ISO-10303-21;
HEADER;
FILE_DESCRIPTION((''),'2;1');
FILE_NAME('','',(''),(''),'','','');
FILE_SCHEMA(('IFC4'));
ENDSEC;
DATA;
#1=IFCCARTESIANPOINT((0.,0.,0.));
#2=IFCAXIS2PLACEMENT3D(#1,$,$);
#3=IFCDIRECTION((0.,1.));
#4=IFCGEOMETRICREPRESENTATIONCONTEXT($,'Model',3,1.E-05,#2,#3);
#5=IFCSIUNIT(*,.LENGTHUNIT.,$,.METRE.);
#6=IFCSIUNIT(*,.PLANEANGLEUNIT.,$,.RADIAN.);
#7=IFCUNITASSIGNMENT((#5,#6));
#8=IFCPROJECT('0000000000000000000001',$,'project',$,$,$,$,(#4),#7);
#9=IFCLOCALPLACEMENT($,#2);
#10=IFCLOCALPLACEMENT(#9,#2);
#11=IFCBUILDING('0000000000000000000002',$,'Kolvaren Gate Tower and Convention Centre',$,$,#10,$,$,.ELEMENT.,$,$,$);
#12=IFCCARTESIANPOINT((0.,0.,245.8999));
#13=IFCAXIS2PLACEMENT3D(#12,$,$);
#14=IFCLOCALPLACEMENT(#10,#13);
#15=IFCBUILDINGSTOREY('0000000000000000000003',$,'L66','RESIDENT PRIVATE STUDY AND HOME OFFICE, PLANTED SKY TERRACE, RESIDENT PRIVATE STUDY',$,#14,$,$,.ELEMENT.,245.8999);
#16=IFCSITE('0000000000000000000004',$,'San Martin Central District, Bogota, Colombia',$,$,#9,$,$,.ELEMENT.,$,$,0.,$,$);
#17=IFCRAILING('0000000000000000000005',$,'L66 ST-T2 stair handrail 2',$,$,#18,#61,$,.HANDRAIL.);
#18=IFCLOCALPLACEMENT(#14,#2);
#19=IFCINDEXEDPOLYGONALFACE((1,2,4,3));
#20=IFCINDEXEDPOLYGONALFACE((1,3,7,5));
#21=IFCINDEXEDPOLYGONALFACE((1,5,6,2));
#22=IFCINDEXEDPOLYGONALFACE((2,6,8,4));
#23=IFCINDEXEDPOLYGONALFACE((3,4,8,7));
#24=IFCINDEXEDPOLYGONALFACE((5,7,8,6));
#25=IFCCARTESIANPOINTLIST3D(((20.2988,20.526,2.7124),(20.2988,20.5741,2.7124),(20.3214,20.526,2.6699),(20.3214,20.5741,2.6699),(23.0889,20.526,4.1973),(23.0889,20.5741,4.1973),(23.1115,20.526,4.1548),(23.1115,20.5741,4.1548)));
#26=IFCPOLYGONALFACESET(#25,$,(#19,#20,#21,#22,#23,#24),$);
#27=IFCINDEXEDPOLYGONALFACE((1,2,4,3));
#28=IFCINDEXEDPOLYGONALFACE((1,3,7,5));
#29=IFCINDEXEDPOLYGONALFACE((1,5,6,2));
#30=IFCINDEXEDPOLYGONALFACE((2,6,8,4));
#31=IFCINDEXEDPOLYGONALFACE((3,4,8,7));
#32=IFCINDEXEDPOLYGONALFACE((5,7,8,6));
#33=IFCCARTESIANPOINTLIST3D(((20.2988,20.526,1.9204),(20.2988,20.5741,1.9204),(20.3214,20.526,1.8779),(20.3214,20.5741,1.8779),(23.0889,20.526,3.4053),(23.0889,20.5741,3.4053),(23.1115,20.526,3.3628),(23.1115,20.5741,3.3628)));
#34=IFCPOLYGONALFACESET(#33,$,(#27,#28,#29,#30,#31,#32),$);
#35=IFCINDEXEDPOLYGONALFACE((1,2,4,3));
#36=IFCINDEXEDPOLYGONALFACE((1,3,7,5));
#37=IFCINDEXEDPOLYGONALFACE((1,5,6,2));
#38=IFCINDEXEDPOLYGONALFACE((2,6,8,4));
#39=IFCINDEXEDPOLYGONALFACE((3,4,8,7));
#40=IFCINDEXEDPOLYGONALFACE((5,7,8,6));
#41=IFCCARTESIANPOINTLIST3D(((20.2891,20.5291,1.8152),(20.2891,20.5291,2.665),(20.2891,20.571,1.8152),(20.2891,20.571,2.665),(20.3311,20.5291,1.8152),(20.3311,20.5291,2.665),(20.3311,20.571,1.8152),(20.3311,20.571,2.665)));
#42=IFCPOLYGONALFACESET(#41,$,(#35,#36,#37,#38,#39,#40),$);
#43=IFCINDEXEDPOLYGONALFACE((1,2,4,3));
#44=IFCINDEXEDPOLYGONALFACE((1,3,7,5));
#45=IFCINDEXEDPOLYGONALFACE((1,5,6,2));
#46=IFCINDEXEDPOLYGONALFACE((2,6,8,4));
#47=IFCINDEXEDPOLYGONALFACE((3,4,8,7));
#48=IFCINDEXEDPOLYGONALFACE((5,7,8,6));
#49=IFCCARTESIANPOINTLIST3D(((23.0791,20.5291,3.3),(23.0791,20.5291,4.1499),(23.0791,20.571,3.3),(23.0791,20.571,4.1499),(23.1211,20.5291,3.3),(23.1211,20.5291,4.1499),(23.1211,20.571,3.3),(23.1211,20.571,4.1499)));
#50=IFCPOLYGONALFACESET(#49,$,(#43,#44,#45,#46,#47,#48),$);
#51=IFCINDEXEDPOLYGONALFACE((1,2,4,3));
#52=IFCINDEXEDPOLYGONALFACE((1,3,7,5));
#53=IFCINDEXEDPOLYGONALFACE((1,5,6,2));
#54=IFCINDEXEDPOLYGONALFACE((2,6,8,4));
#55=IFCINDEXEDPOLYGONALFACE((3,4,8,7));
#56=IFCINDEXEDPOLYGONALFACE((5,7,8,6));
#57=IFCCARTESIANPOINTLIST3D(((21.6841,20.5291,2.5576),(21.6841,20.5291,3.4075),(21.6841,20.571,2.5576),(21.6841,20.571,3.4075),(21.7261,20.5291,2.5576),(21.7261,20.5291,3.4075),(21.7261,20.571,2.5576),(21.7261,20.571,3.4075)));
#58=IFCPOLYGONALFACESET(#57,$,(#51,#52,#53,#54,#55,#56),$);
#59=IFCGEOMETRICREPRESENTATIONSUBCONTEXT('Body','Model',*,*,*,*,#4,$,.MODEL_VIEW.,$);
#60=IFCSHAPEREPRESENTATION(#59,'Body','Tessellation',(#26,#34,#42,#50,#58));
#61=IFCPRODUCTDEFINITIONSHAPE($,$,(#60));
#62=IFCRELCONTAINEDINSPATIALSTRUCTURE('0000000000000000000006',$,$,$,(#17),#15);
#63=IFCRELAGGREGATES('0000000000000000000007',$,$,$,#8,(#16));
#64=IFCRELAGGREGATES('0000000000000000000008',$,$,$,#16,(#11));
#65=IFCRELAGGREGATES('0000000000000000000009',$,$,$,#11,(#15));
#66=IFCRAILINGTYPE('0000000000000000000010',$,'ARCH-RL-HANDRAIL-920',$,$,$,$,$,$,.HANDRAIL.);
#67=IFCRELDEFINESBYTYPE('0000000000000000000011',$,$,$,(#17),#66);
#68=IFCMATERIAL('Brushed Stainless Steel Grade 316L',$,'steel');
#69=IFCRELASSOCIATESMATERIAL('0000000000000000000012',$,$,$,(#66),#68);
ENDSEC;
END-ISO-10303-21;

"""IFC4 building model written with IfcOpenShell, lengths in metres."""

from ifc_helpers import new_model, si_unit, direction, frame, origin, origin_2d, place, context, subcontext, project, spatial, rectangle, extrude, material, type_object, element, save


model = new_model("IFC4")

# Units and contexts
model_context = context("Model", 3, precision=1e-05, world=origin(), true_north=direction((0.0, 1.0)))
body_context = subcontext(model_context, "Body", "Model", "MODEL_VIEW")
ifc_project = project(units=[si_unit("LENGTHUNIT", "METRE"), si_unit("PLANEANGLEUNIT", "RADIAN")], contexts=[model_context])

# Site, building, storey
site_placement = place(None, origin())
site = spatial("IfcSite", under=ifc_project, at=site_placement, Name="San Martin Central District, Bogota, Colombia", CompositionType="ELEMENT", RefElevation=0.0)
building_placement = place(site_placement, origin())
building = spatial("IfcBuilding", under=site, at=building_placement, Name="Kolvaren Gate Tower and Convention Centre", CompositionType="ELEMENT")
storey_placement = place(building_placement, frame((0.0, 0.0, 245.8999)))
storey = spatial("IfcBuildingStorey", under=building, at=storey_placement, Name="L66", Description="RESIDENT PRIVATE STUDY AND HOME OFFICE, PLANTED SKY TERRACE, RESIDENT PRIVATE STUDY", CompositionType="ELEMENT", Elevation=245.8999)

# Shared definitions
ifc_material_1 = material(Name="Brushed Stainless Steel Grade 316L", Category="steel")

# Railing
railing_type_1 = type_object("IfcRailingType", Name="ARCH-RL-HANDRAIL-920", PredefinedType="HANDRAIL", material=ifc_material_1)
railing_1_placement = place(storey_placement, frame((20.3101, 20.55, 1.8152)))
element("IfcRailing", 1, at=railing_1_placement, inside=storey, type_object=railing_type_1, Name="L66 ST-T2 stair handrail 2", PredefinedType="HANDRAIL", context=body_context, shape_type="SweptSolid", body=[
    extrude(rectangle(XDim=0.0481, YDim=0.0481, at=origin_2d()), frame((0.0, 0.0, 0.876), z_axis=(0.882767, 0.0, 0.46981), x_axis=(0.0, 1.0, 0.0)), (0.0, 0.0, 1.0), 3.1606),
    extrude(rectangle(XDim=0.0481, YDim=0.0481, at=origin_2d()), frame((0.0, 0.0, 0.084), z_axis=(0.882767, 0.0, 0.46981), x_axis=(0.0, 1.0, 0.0)), (0.0, 0.0, 1.0), 3.1606),
    extrude(rectangle(XDim=0.042, YDim=0.042, at=origin_2d()), origin(), (0.0, 0.0, 1.0), 0.8499),
    extrude(rectangle(XDim=0.042, YDim=0.042, at=origin_2d()), frame((2.79, 0.0, 1.4849)), (0.0, 0.0, 1.0), 0.8499),
    extrude(rectangle(XDim=0.042, YDim=0.042, at=origin_2d()), frame((1.395, 0.0, 0.7424)), (0.0, 0.0, 1.0), 0.8499),
])

save(model, "model.ifc")
